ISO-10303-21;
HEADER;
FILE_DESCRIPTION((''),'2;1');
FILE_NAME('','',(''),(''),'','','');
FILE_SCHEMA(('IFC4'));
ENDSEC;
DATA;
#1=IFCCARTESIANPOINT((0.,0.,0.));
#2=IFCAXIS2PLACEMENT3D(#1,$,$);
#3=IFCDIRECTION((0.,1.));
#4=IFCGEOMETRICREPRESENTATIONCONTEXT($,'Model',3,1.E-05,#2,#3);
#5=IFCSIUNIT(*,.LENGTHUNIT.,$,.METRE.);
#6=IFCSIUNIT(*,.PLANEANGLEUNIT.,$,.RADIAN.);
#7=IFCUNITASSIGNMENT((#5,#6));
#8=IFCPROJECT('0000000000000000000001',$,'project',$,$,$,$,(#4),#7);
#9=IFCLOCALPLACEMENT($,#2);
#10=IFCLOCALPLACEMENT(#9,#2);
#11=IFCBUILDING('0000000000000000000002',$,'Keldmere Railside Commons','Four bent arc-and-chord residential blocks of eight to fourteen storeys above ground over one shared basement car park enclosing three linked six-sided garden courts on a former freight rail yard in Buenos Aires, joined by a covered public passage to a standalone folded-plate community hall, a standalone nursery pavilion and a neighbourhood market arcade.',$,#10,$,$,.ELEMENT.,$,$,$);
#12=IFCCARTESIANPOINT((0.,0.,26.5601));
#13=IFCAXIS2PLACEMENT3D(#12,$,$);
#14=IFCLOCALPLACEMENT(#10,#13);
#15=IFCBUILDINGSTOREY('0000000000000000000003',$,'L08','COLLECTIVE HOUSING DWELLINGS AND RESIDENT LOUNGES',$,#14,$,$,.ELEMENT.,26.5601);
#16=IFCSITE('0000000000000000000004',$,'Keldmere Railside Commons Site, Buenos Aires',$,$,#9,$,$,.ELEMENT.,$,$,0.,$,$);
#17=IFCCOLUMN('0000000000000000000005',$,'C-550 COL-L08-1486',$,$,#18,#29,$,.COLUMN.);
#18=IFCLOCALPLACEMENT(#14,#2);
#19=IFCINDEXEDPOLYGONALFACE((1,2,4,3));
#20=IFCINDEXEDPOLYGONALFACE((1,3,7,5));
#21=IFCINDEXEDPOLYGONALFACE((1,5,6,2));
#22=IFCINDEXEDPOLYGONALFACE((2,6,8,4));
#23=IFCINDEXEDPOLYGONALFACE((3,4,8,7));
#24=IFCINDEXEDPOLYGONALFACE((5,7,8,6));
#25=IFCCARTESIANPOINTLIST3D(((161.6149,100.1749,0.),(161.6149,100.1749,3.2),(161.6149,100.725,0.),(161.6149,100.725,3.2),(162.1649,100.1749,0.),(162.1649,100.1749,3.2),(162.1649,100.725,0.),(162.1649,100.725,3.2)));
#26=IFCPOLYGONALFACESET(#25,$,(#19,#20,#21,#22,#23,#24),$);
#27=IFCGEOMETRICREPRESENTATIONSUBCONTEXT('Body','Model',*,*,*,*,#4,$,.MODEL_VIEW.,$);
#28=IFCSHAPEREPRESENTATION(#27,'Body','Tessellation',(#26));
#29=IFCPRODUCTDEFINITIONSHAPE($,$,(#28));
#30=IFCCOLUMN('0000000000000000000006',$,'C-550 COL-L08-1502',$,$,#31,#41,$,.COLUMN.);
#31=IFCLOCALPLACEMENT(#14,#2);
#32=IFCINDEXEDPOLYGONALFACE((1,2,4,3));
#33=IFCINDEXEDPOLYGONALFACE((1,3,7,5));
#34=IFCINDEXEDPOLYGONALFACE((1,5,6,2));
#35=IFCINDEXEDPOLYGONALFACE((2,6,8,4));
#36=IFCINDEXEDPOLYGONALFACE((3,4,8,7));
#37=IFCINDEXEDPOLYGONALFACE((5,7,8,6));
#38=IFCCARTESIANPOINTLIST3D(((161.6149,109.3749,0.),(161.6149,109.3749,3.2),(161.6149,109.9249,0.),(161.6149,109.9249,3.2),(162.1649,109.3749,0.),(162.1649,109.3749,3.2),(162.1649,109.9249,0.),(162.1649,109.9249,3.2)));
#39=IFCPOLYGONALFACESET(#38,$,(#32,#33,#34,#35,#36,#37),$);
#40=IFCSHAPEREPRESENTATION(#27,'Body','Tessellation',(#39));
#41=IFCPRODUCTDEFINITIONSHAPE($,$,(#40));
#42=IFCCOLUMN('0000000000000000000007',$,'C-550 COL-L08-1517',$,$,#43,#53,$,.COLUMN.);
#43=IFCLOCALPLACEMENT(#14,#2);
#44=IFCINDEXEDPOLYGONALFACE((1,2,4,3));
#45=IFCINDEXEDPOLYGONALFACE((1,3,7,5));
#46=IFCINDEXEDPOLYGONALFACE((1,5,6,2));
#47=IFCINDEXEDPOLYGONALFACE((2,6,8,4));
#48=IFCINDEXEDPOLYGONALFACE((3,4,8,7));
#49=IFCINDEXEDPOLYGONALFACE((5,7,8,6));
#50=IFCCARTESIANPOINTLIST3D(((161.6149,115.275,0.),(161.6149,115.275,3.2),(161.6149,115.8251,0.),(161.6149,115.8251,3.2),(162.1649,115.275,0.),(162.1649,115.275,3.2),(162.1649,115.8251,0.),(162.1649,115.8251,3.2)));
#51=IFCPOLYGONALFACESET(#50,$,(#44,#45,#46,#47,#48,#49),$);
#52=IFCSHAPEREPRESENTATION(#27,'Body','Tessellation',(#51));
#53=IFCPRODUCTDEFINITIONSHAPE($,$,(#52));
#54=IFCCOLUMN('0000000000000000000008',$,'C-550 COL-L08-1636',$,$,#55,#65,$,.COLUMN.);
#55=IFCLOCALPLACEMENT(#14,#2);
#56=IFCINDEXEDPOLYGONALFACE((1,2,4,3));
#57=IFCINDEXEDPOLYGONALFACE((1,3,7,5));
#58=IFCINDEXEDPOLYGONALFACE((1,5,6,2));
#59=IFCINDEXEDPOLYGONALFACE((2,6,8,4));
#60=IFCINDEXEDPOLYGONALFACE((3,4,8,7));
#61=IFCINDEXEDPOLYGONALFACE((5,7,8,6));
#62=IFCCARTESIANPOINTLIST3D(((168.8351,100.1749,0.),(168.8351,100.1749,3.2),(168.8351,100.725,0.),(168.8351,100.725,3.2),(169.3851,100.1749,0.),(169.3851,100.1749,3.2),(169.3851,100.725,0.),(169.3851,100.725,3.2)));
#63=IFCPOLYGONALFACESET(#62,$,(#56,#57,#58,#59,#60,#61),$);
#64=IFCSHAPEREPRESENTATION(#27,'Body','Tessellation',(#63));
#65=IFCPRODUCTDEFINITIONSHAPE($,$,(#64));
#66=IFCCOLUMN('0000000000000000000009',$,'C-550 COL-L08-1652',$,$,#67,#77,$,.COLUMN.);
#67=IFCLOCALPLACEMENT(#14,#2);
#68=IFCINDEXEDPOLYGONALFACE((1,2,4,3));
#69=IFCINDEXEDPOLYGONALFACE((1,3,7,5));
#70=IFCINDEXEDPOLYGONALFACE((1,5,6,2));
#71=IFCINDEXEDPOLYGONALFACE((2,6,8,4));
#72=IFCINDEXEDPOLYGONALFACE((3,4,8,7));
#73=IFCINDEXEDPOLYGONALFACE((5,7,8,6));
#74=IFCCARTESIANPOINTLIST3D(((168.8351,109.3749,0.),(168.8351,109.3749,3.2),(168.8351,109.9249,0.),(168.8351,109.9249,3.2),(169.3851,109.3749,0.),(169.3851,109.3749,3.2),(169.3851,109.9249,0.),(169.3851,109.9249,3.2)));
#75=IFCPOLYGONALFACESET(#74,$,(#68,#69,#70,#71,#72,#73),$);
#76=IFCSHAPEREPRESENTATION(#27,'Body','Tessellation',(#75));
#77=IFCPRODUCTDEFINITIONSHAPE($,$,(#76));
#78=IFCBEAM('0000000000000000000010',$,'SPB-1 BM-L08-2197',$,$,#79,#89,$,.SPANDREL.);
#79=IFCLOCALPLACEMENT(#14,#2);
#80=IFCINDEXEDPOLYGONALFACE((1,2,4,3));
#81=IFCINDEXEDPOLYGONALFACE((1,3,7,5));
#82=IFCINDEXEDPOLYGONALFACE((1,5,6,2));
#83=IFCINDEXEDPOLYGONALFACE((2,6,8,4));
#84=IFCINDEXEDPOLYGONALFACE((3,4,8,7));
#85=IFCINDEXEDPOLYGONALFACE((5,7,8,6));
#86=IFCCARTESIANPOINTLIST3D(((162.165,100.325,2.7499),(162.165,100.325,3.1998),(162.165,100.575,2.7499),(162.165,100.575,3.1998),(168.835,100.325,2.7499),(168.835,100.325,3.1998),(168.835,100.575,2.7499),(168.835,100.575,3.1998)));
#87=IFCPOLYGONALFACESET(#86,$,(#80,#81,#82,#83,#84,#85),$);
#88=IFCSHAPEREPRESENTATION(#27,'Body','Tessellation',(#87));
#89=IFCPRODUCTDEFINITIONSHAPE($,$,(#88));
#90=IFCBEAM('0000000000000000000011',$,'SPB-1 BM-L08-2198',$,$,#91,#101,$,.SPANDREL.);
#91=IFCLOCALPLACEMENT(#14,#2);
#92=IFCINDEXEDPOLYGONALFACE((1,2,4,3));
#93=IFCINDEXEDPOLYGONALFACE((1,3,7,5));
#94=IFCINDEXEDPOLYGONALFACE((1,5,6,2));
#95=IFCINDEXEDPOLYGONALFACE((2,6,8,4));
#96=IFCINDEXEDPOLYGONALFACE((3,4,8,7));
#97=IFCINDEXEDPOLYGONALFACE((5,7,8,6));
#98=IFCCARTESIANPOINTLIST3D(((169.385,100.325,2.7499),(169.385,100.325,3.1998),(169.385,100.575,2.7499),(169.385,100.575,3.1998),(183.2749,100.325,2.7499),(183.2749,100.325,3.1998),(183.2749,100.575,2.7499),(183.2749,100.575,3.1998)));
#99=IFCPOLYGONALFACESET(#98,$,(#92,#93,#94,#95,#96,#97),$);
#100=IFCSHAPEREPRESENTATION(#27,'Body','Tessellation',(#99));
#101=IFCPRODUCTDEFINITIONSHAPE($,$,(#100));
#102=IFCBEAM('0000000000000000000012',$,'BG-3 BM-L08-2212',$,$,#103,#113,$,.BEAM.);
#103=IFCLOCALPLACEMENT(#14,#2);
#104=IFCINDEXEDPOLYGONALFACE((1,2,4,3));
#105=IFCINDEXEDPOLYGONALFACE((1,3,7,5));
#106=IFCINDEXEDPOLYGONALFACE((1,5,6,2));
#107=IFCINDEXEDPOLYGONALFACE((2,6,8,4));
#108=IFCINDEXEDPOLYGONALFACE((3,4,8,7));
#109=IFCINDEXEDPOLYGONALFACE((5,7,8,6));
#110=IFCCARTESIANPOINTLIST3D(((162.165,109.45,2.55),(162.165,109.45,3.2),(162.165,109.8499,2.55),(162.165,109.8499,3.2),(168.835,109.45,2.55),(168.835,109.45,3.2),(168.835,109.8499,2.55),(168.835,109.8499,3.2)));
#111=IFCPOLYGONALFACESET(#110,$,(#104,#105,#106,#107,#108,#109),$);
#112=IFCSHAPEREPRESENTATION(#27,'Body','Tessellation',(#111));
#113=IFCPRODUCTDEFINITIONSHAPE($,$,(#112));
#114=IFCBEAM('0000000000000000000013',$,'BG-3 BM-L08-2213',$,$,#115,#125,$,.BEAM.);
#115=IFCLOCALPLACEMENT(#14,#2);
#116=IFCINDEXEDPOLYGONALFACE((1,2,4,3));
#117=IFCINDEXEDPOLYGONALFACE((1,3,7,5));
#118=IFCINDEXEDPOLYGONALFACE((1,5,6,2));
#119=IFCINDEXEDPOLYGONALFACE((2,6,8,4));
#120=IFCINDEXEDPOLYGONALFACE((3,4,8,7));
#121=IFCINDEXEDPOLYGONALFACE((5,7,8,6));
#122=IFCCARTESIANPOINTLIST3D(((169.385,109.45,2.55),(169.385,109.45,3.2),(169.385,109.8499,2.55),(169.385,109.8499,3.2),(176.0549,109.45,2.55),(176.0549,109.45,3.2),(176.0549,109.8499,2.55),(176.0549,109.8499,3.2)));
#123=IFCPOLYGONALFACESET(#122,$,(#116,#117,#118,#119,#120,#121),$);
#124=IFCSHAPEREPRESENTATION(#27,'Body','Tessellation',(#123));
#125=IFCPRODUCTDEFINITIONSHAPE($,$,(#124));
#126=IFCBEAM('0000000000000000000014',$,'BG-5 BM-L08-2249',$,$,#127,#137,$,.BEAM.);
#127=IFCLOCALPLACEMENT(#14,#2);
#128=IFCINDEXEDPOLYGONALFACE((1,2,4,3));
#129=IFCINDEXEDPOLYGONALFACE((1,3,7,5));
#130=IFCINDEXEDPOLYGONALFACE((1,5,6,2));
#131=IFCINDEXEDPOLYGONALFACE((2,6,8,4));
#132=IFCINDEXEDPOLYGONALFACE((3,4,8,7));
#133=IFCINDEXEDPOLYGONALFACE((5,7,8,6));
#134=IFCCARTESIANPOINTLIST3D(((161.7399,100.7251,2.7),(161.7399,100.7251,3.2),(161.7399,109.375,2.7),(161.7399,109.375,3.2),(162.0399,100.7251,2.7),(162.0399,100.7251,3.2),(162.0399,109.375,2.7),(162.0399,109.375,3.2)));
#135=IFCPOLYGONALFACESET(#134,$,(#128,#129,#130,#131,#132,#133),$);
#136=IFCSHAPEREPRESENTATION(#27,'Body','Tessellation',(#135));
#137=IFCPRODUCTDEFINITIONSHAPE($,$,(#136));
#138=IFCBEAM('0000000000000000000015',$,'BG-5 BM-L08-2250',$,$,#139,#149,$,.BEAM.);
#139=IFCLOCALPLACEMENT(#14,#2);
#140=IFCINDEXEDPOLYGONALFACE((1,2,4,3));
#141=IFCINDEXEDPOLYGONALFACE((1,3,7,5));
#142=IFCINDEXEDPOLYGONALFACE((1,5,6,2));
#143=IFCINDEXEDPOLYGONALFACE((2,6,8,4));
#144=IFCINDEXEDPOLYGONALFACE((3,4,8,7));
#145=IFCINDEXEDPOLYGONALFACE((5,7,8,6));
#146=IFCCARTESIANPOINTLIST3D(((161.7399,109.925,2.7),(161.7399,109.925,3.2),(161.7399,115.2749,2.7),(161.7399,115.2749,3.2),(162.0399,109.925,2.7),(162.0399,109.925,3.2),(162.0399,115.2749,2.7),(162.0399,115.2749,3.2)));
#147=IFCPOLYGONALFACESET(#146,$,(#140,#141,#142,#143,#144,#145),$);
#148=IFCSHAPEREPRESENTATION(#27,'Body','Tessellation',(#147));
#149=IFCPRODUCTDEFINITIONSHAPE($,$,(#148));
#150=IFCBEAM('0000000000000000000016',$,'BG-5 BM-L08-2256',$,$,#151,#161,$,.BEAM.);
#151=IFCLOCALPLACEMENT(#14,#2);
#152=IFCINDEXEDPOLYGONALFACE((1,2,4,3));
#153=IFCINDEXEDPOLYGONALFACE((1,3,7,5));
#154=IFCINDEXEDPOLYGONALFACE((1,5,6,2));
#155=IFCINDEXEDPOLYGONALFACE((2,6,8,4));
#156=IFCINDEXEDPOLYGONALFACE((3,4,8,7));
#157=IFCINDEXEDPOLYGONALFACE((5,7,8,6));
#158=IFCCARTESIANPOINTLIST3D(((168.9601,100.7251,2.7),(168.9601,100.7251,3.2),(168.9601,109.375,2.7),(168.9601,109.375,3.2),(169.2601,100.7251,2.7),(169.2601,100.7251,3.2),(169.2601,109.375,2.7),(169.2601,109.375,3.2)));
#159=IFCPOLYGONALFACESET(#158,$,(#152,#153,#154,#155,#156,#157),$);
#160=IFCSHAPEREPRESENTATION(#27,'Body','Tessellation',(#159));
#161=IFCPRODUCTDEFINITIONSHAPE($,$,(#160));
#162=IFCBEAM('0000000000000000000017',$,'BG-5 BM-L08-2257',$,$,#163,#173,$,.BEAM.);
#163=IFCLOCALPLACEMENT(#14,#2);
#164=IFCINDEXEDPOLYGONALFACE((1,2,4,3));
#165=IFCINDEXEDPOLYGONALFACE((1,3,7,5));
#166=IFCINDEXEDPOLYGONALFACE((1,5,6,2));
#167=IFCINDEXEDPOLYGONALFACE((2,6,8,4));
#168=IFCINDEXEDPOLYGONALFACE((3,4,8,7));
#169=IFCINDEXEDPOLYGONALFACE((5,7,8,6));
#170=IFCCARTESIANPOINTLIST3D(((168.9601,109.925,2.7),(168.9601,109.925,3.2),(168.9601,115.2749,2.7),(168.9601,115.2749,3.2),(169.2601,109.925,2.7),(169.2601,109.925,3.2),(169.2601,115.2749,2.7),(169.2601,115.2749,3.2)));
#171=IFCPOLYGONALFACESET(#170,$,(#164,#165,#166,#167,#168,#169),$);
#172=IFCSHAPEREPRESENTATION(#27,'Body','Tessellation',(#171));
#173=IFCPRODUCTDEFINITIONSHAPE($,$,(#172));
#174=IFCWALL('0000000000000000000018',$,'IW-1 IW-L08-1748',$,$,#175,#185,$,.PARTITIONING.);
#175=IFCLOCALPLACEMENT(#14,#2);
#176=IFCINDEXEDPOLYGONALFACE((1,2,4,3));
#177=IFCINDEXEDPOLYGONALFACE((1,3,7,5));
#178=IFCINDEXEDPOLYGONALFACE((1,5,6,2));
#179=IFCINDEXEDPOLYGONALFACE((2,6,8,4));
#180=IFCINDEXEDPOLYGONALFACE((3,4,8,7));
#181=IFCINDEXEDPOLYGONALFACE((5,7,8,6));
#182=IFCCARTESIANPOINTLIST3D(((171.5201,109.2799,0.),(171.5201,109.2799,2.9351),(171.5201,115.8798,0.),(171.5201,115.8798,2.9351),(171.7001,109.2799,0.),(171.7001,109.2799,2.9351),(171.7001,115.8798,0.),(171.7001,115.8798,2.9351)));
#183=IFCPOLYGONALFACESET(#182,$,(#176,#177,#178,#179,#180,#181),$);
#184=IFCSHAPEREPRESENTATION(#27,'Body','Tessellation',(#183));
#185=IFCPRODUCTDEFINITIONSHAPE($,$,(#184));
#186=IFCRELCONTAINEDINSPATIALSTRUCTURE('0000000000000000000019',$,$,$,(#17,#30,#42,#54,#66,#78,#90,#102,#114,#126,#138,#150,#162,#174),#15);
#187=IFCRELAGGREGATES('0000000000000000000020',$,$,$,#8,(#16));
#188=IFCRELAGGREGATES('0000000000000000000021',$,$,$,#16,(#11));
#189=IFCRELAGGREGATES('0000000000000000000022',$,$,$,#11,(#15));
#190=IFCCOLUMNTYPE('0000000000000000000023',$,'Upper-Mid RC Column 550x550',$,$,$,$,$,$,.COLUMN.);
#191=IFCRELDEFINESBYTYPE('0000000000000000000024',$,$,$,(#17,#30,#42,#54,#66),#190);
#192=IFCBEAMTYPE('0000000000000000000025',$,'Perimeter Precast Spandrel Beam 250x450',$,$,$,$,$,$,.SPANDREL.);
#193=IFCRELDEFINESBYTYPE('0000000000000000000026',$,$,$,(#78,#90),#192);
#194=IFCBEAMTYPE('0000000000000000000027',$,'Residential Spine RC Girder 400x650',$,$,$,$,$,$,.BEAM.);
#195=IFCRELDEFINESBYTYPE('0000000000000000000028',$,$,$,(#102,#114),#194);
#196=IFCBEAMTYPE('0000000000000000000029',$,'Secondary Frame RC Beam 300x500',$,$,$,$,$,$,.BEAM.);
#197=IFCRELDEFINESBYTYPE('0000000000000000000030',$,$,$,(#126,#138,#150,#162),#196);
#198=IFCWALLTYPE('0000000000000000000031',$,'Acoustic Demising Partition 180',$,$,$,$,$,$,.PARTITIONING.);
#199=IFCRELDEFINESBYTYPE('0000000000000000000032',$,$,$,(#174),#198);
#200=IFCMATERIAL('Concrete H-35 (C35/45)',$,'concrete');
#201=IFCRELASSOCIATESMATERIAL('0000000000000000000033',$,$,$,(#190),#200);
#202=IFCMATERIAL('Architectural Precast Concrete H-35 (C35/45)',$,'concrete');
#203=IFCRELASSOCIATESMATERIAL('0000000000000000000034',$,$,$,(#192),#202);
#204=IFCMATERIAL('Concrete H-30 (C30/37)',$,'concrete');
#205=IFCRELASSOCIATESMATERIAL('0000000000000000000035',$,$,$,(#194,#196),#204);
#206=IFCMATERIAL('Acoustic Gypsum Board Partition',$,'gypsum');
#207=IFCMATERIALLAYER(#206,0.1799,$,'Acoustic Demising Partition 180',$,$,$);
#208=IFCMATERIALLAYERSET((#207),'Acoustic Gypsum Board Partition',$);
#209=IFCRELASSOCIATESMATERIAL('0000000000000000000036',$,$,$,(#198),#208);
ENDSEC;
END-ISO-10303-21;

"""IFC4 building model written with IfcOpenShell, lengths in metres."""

from ifc_helpers import new_model, si_unit, direction, frame, frame_2d, origin, origin_2d, place, context, subcontext, project, spatial, rectangle, extrude, material, layer, layer_set, material_profile, profile_set, type_object, element, save


model = new_model("IFC4")

# Units and contexts
model_context = context("Model", 3, precision=1e-05, world=origin(), true_north=direction((0.0, 1.0)))
body_context = subcontext(model_context, "Body", "Model", "MODEL_VIEW")
ifc_project = project(units=[si_unit("LENGTHUNIT", "METRE"), si_unit("PLANEANGLEUNIT", "RADIAN")], contexts=[model_context])

# Site, building, storey
site_placement = place(None, origin())
site = spatial("IfcSite", under=ifc_project, at=site_placement, Name="Keldmere Railside Commons Site, Buenos Aires", CompositionType="ELEMENT", RefElevation=0.0)
building_placement = place(site_placement, origin())
building = spatial("IfcBuilding", under=site, at=building_placement, Name="Keldmere Railside Commons", Description="Four bent arc-and-chord residential blocks of eight to fourteen storeys above ground over one shared basement car park enclosing three linked six-sided garden courts on a former freight rail yard in Buenos Aires, joined by a covered public passage to a standalone folded-plate community hall, a standalone nursery pavilion and a neighbourhood market arcade.", CompositionType="ELEMENT")
storey_placement = place(building_placement, frame((0.0, 0.0, 26.5601)))
storey = spatial("IfcBuildingStorey", under=building, at=storey_placement, Name="L08", Description="COLLECTIVE HOUSING DWELLINGS AND RESIDENT LOUNGES", CompositionType="ELEMENT", Elevation=26.5601)

# Columns
ifc_material_1 = material(Name="Concrete H-35 (C35/45)", Category="concrete")
ifc_material_profile_1 = material_profile(ifc_material_1, rectangle(XDim=0.55, YDim=0.55, at=origin_2d()), Name="RC-550x550")
ifc_profile_set_1 = profile_set([ifc_material_profile_1], Name="Concrete H-35 (C35/45)")
column_type = type_object("IfcColumnType", Name="Upper-Mid RC Column 550x550", PredefinedType="COLUMN", material=ifc_profile_set_1)
for number, where, z_axis, x_axis, name in (
    (1, (161.8899, 100.45, 0.0), (0.0, 0.0, 1.0), (1.0, 0.0, 0.0), "C-550 COL-L08-1486"),
    (2, (161.8899, 109.6499, 0.0), (0.0, 0.0, 1.0), (1.0, 0.0, 0.0), "C-550 COL-L08-1502"),
    (3, (161.8899, 115.55, 0.0), (0.0, 0.0, 1.0), (1.0, 0.0, 0.0), "C-550 COL-L08-1517"),
    (4, (169.1101, 100.45, 0.0), (0.0, 0.0, 1.0), (1.0, 0.0, 0.0), "C-550 COL-L08-1636"),
    (5, (169.1101, 109.6499, 0.0), (0.0, 0.0, 1.0), (1.0, 0.0, 0.0), "C-550 COL-L08-1652"),
):
    element("IfcColumn", number, at=place(storey_placement, frame(where, z_axis=z_axis, x_axis=x_axis)), inside=storey, type_object=column_type, Name=name, PredefinedType="COLUMN", context=body_context, shape_type="SweptSolid", body=[
        extrude(rectangle(XDim=0.55, YDim=0.55, at=origin_2d()), origin(), (0.0, 0.0, 1.0), 3.2),
    ])

# Beams
ifc_material_2 = material(Name="Architectural Precast Concrete H-35 (C35/45)", Category="concrete")
ifc_material_profile_2 = material_profile(ifc_material_2, rectangle(XDim=0.25, YDim=0.45, at=origin_2d()), Name="RC-250x450")
ifc_profile_set_2 = profile_set([ifc_material_profile_2], Name="Architectural Precast Concrete H-35 (C35/45)")
beam_type_1 = type_object("IfcBeamType", Name="Perimeter Precast Spandrel Beam 250x450", PredefinedType="SPANDREL", material=ifc_profile_set_2)
beam_1_placement = place(storey_placement, frame((162.165, 100.45, 2.9749), z_axis=(1.0, 0.0, 0.0), x_axis=(0.0, 1.0, 0.0)))
element("IfcBeam", 6, at=beam_1_placement, inside=storey, type_object=beam_type_1, Name="SPB-1 BM-L08-2197", PredefinedType="SPANDREL", context=body_context, shape_type="SweptSolid", body=[
    extrude(rectangle(XDim=0.25, YDim=0.45, at=origin_2d()), origin(), (0.0, 0.0, 1.0), 6.6699),
])
beam_2_placement = place(storey_placement, frame((169.385, 100.45, 2.9749), z_axis=(1.0, 0.0, 0.0), x_axis=(0.0, 1.0, 0.0)))
element("IfcBeam", 7, at=beam_2_placement, inside=storey, type_object=beam_type_1, Name="SPB-1 BM-L08-2198", PredefinedType="SPANDREL", context=body_context, shape_type="SweptSolid", body=[
    extrude(rectangle(XDim=0.25, YDim=0.45, at=origin_2d()), origin(), (0.0, 0.0, 1.0), 13.8899),
])
ifc_material_3 = material(Name="Concrete H-30 (C30/37)", Category="concrete")
ifc_material_profile_3 = material_profile(ifc_material_3, rectangle(XDim=0.3999, YDim=0.6499, at=origin_2d()), Name="RC-400x650")
ifc_profile_set_3 = profile_set([ifc_material_profile_3], Name="Concrete H-30 (C30/37)")
beam_type_2 = type_object("IfcBeamType", Name="Residential Spine RC Girder 400x650", PredefinedType="BEAM", material=ifc_profile_set_3)
for number, where, z_axis, x_axis, name in (
    (8, (162.165, 109.6499, 2.875), (1.0, 0.0, 0.0), (0.0, 1.0, 0.0), "BG-3 BM-L08-2212"),
    (9, (169.385, 109.6499, 2.875), (1.0, 0.0, 0.0), (0.0, 1.0, 0.0), "BG-3 BM-L08-2213"),
):
    element("IfcBeam", number, at=place(storey_placement, frame(where, z_axis=z_axis, x_axis=x_axis)), inside=storey, type_object=beam_type_2, Name=name, PredefinedType="BEAM", context=body_context, shape_type="SweptSolid", body=[
        extrude(rectangle(XDim=0.3999, YDim=0.6499, at=origin_2d()), origin(), (0.0, 0.0, 1.0), 6.6699),
    ])
ifc_material_profile_4 = material_profile(ifc_material_3, rectangle(XDim=0.3, YDim=0.5, at=origin_2d()), Name="RC-300x500")
ifc_profile_set_4 = profile_set([ifc_material_profile_4], Name="Concrete H-30 (C30/37)")
beam_type_3 = type_object("IfcBeamType", Name="Secondary Frame RC Beam 300x500", PredefinedType="BEAM", material=ifc_profile_set_4)
beam_3_placement = place(storey_placement, frame((161.8899, 100.7251, 2.95), z_axis=(0.0, 1.0, 0.0), x_axis=(-1.0, 0.0, 0.0)))
element("IfcBeam", 10, at=beam_3_placement, inside=storey, type_object=beam_type_3, Name="BG-5 BM-L08-2249", PredefinedType="BEAM", context=body_context, shape_type="SweptSolid", body=[
    extrude(rectangle(XDim=0.3, YDim=0.5, at=origin_2d()), origin(), (0.0, 0.0, 1.0), 8.6499),
])
beam_4_placement = place(storey_placement, frame((161.8899, 109.925, 2.95), z_axis=(0.0, 1.0, 0.0), x_axis=(-1.0, 0.0, 0.0)))
element("IfcBeam", 11, at=beam_4_placement, inside=storey, type_object=beam_type_3, Name="BG-5 BM-L08-2250", PredefinedType="BEAM", context=body_context, shape_type="SweptSolid", body=[
    extrude(rectangle(XDim=0.3, YDim=0.5, at=origin_2d()), origin(), (0.0, 0.0, 1.0), 5.3499),
])
beam_5_placement = place(storey_placement, frame((169.1101, 100.7251, 2.95), z_axis=(0.0, 1.0, 0.0), x_axis=(-1.0, 0.0, 0.0)))
element("IfcBeam", 12, at=beam_5_placement, inside=storey, type_object=beam_type_3, Name="BG-5 BM-L08-2256", PredefinedType="BEAM", context=body_context, shape_type="SweptSolid", body=[
    extrude(rectangle(XDim=0.3, YDim=0.5, at=origin_2d()), origin(), (0.0, 0.0, 1.0), 8.6499),
])
beam_6_placement = place(storey_placement, frame((169.1101, 109.925, 2.95), z_axis=(0.0, 1.0, 0.0), x_axis=(-1.0, 0.0, 0.0)))
element("IfcBeam", 13, at=beam_6_placement, inside=storey, type_object=beam_type_3, Name="BG-5 BM-L08-2257", PredefinedType="BEAM", context=body_context, shape_type="SweptSolid", body=[
    extrude(rectangle(XDim=0.3, YDim=0.5, at=origin_2d()), origin(), (0.0, 0.0, 1.0), 5.3499),
])

# Wall
ifc_material_4 = material(Name="Acoustic Gypsum Board Partition", Category="gypsum")
ifc_layer_1 = layer(ifc_material_4, 0.1799, Name="Acoustic Demising Partition 180")
ifc_layer_set_1 = layer_set([ifc_layer_1], Name="Acoustic Gypsum Board Partition")
wall_type_1 = type_object("IfcWallType", Name="Acoustic Demising Partition 180", PredefinedType="PARTITIONING", material=ifc_layer_set_1)
wall_1_placement = place(storey_placement, frame((171.6101, 109.28, 0.0), z_axis=(0.0, 0.0, 1.0), x_axis=(0.0, 1.0, 0.0)))
element("IfcWall", 14, at=wall_1_placement, inside=storey, type_object=wall_type_1, Name="IW-1 IW-L08-1748", PredefinedType="PARTITIONING", context=body_context, shape_type="SweptSolid", body=[
    extrude(rectangle(XDim=6.5999, YDim=0.1799, at=frame_2d((3.2998, 0.0))), origin(), (0.0, 0.0, 1.0), 2.9351),
])

save(model, "model.ifc")
